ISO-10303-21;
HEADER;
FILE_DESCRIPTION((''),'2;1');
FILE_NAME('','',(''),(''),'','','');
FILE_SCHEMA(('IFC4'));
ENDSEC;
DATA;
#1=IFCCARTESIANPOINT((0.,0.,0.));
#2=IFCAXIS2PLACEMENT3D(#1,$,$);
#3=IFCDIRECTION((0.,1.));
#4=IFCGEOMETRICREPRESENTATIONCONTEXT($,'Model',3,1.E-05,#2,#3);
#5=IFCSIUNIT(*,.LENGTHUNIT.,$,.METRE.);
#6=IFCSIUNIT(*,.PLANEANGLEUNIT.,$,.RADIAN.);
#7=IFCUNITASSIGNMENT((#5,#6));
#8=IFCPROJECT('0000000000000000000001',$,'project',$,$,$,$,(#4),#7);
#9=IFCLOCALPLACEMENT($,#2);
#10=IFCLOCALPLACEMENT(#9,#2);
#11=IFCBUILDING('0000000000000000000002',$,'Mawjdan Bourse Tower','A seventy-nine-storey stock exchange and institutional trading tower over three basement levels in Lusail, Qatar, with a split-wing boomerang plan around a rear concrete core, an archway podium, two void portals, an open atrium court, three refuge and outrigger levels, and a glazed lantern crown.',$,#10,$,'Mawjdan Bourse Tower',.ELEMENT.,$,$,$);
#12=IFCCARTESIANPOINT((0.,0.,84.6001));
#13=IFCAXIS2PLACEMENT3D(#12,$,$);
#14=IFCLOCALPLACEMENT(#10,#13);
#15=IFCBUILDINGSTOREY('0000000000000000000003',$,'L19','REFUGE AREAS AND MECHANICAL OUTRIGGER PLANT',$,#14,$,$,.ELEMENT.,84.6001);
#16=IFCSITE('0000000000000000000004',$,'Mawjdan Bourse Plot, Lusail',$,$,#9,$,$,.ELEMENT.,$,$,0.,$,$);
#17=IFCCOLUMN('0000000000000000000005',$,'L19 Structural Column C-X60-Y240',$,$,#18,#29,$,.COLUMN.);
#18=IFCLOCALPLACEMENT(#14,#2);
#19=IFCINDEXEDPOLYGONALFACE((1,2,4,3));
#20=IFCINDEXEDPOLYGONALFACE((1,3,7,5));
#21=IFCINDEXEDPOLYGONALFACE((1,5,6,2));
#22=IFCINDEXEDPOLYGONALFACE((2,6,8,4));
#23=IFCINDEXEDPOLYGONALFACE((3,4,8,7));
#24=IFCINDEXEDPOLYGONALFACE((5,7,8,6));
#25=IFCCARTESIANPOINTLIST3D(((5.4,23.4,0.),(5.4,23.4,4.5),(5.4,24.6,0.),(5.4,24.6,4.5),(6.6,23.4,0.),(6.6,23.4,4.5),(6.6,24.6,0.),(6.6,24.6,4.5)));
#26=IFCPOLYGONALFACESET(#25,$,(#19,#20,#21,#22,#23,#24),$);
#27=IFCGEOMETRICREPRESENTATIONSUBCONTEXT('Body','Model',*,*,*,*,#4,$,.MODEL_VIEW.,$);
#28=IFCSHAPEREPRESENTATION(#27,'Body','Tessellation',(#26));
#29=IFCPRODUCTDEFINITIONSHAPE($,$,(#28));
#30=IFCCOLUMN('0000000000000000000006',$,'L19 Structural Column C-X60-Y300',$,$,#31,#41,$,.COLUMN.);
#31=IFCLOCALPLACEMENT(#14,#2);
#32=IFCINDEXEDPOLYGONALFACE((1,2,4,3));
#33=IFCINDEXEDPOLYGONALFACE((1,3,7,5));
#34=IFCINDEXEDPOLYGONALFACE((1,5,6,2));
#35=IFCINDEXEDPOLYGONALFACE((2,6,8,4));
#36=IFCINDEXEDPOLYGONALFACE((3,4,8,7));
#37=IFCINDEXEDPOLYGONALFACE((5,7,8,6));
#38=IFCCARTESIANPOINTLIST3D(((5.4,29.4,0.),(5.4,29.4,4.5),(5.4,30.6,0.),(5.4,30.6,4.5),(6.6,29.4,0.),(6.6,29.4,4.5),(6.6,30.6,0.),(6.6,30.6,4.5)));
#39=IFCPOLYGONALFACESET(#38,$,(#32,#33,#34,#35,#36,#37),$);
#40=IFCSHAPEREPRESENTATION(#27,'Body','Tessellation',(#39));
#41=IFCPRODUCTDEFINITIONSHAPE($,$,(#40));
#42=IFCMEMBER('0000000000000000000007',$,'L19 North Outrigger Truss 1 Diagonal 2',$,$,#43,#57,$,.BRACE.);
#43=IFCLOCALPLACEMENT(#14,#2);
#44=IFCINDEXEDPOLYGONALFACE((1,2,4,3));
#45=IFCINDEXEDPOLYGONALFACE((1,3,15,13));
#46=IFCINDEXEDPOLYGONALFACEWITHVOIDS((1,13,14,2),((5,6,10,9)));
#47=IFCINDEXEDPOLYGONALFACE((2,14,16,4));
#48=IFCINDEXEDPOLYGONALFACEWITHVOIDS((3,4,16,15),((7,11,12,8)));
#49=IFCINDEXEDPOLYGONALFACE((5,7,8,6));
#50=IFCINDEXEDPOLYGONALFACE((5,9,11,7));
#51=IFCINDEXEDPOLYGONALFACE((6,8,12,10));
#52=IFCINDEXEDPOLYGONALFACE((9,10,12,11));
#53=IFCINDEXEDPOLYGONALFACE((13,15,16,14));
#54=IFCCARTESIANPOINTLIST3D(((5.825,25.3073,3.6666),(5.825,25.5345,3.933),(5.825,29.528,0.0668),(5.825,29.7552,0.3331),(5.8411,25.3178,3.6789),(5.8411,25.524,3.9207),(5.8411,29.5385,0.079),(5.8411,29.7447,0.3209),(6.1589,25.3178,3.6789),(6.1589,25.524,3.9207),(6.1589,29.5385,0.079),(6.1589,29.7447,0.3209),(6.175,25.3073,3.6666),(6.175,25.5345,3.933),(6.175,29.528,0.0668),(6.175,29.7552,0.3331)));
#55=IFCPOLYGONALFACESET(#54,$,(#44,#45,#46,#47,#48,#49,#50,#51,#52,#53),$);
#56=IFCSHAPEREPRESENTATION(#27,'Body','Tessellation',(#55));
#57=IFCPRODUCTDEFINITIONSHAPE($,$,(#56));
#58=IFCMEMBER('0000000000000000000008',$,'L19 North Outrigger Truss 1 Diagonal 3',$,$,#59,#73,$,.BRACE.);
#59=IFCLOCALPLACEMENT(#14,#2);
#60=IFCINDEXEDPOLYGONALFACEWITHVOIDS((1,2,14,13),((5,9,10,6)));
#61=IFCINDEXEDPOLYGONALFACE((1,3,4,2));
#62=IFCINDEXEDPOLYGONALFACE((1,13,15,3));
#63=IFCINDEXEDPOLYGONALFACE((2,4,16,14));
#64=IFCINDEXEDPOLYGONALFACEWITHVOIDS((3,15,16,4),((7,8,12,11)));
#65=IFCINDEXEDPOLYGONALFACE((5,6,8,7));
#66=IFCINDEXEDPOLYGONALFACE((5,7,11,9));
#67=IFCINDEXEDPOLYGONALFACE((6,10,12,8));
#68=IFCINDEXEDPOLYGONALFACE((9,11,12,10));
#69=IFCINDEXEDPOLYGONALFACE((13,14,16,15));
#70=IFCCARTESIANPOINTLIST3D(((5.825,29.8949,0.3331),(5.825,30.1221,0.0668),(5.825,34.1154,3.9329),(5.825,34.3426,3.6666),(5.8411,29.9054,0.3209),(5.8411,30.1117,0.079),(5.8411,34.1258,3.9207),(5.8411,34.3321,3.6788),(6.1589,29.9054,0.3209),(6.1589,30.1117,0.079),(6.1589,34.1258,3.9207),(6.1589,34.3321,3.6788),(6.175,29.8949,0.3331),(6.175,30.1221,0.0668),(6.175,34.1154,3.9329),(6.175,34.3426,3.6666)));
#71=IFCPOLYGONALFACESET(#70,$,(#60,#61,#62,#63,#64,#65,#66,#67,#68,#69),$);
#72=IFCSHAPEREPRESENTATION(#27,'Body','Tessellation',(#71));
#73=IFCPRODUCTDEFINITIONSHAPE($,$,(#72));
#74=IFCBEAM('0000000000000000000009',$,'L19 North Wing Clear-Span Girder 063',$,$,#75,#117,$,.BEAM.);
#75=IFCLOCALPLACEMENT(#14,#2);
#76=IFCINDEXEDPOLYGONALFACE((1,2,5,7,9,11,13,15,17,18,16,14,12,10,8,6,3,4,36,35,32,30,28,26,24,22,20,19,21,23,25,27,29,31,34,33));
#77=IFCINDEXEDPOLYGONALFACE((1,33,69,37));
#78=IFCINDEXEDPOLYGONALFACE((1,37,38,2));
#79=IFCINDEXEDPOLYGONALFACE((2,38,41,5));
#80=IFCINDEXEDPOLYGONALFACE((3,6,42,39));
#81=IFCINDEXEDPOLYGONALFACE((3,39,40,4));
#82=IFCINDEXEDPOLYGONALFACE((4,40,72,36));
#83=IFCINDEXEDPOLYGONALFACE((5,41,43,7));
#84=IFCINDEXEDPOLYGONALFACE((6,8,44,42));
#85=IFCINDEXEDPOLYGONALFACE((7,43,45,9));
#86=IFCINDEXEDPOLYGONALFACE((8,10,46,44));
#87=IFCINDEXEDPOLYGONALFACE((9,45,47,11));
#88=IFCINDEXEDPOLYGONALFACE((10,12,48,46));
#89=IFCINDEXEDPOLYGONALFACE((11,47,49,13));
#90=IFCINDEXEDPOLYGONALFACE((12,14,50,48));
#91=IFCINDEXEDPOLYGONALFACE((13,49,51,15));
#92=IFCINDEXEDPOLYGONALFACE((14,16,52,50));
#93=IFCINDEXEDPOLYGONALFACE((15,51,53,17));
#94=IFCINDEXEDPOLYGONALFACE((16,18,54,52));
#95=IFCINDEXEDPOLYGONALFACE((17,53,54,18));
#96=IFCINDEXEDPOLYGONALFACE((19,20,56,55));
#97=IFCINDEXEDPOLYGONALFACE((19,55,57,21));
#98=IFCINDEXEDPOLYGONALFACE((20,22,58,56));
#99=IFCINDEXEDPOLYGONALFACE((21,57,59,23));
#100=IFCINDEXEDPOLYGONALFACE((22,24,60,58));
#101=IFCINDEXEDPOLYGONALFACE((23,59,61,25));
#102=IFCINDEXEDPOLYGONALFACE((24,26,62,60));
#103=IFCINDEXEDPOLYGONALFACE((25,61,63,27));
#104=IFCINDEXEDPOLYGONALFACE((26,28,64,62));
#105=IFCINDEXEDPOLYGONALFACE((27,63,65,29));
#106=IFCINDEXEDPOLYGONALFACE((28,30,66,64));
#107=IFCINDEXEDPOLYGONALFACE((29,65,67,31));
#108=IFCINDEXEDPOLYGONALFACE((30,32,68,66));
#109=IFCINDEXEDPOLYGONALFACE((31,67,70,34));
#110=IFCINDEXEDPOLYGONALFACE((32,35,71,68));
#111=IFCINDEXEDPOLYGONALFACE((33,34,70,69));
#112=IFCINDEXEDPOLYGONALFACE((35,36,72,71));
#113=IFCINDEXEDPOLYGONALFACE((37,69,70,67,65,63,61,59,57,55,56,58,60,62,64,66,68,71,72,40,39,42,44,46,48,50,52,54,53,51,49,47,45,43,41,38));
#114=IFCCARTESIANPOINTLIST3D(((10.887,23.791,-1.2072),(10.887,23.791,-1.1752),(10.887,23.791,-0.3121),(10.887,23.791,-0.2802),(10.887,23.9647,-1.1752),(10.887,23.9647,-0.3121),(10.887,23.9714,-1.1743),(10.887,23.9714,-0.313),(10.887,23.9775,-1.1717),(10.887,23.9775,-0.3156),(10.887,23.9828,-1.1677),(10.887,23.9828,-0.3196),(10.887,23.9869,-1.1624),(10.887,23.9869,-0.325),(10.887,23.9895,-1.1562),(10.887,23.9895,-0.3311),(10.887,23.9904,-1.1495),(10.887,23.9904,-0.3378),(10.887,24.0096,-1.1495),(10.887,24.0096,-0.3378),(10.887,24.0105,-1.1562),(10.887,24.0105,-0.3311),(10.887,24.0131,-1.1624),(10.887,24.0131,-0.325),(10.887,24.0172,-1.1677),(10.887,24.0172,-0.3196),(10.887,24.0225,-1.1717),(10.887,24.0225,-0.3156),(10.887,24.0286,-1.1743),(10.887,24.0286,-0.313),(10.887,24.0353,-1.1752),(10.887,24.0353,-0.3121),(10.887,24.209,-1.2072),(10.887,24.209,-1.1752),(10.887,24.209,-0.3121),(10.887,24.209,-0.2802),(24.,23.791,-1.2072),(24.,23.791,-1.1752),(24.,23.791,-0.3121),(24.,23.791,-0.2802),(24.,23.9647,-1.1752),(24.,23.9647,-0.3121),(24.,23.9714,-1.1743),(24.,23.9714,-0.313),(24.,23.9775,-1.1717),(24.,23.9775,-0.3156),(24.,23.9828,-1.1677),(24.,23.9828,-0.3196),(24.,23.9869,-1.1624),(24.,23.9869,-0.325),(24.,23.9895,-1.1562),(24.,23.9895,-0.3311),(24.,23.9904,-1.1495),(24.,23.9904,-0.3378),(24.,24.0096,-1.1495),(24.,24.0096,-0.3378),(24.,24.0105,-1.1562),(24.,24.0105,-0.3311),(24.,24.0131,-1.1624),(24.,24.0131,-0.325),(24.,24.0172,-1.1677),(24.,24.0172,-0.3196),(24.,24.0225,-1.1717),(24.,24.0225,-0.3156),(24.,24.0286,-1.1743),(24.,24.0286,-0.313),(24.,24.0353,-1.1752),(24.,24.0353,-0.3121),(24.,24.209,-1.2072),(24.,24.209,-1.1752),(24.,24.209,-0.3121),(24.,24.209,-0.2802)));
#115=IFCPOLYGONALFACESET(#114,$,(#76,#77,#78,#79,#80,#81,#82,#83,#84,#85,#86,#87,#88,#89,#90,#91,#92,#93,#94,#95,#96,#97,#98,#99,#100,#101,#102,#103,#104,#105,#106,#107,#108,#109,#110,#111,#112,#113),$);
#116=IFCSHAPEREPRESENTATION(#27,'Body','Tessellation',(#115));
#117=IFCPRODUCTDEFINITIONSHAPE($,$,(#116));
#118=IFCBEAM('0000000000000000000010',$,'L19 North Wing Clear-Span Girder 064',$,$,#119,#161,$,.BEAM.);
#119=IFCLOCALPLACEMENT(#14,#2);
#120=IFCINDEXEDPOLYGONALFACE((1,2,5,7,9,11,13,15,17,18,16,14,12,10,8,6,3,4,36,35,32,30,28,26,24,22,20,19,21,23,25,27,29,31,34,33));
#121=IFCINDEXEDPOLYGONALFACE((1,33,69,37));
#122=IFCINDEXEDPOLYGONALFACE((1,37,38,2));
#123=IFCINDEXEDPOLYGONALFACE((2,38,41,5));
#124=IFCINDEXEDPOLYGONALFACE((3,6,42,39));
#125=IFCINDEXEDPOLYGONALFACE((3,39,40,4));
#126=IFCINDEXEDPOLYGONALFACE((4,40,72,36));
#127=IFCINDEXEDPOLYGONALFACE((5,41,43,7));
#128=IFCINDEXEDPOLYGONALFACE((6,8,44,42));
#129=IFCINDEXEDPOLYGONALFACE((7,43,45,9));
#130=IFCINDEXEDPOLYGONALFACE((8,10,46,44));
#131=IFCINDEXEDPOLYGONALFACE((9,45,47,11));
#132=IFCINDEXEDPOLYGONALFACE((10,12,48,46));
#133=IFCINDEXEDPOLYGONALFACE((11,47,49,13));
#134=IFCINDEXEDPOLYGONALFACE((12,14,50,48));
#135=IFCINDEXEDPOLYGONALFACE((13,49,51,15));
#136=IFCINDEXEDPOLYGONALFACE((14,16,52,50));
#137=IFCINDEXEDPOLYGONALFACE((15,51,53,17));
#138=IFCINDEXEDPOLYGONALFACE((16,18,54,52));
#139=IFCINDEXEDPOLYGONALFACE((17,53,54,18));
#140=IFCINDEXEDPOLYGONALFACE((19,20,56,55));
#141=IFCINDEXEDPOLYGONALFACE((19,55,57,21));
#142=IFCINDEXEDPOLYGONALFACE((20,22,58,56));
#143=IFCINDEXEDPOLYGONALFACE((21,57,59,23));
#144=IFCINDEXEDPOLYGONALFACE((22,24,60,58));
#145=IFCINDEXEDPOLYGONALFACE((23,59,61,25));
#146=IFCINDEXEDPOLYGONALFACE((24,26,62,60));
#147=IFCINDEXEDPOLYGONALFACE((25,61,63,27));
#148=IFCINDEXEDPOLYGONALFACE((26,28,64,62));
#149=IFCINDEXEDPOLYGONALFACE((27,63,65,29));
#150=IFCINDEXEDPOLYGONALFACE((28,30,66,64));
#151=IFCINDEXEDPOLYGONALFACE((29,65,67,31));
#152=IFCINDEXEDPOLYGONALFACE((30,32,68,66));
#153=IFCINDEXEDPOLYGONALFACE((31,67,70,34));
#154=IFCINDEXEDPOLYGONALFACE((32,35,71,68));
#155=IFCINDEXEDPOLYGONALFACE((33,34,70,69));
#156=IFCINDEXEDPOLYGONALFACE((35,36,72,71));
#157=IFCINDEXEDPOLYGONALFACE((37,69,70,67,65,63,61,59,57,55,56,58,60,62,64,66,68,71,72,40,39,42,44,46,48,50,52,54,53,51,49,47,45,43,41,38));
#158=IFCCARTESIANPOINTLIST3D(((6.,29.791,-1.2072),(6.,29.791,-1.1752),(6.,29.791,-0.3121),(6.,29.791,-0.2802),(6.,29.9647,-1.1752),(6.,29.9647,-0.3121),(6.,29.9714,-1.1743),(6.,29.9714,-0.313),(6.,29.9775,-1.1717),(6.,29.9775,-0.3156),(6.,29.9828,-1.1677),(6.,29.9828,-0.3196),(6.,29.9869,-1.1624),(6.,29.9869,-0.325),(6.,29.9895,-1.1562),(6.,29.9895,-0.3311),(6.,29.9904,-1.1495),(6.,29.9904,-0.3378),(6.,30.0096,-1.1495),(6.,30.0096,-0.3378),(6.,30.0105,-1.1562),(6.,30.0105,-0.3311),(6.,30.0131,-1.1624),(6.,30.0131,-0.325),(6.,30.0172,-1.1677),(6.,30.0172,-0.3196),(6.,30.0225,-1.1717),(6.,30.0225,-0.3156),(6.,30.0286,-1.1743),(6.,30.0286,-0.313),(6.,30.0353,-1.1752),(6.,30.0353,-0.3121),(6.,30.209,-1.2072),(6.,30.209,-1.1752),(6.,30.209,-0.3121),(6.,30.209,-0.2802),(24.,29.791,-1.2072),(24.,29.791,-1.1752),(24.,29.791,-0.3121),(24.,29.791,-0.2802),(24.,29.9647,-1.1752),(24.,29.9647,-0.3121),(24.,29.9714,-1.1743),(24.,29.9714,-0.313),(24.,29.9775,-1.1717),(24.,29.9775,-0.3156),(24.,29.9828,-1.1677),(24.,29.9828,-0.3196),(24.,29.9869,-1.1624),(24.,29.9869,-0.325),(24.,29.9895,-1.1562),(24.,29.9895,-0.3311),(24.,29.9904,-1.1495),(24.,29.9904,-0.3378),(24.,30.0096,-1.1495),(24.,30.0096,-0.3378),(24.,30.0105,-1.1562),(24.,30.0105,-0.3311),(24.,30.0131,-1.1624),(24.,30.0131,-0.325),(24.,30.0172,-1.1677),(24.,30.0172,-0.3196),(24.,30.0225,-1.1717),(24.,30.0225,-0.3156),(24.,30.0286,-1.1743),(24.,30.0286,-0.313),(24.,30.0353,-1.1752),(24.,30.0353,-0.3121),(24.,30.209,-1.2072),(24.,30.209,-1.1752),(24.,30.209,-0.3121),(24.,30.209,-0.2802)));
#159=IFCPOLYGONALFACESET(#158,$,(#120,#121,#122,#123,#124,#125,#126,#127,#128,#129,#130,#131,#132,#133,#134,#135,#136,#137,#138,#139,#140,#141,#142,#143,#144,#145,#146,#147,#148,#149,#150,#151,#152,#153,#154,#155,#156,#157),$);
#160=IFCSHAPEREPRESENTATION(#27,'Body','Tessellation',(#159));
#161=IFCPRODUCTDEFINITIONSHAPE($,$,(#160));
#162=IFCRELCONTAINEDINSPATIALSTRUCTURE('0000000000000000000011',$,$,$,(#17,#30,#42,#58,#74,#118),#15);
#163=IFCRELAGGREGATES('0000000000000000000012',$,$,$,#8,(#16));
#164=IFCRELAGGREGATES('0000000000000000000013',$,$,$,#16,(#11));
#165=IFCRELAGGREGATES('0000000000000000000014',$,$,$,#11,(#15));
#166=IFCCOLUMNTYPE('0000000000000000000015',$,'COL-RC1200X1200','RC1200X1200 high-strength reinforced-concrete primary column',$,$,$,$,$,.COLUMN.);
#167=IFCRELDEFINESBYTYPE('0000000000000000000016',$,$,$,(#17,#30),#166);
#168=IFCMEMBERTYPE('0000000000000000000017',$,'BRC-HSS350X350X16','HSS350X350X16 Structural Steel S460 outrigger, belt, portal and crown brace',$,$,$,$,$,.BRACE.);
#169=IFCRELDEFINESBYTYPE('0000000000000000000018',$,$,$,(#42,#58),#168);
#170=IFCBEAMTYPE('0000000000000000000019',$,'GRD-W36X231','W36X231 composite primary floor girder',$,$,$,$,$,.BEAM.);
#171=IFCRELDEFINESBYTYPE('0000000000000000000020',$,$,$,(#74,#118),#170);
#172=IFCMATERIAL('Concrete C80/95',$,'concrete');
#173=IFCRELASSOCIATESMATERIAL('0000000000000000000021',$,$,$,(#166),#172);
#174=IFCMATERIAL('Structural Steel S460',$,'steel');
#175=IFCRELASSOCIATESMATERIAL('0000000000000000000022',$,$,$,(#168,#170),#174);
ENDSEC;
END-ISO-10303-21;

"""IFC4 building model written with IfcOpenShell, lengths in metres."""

from ifc_helpers import new_model, si_unit, direction, frame, origin, origin_2d, place, context, subcontext, project, spatial, rectangle, hollow_rectangle, i_section, extrude, material, material_profile, profile_set, type_object, element, save


model = new_model("IFC4")

# Units and contexts
model_context = context("Model", 3, precision=1e-05, world=origin(), true_north=direction((0.0, 1.0)))
body_context = subcontext(model_context, "Body", "Model", "MODEL_VIEW")
ifc_project = project(units=[si_unit("LENGTHUNIT", "METRE"), si_unit("PLANEANGLEUNIT", "RADIAN")], contexts=[model_context])

# Site, building, storey
site_placement = place(None, origin())
site = spatial("IfcSite", under=ifc_project, at=site_placement, Name="Mawjdan Bourse Plot, Lusail", CompositionType="ELEMENT", RefElevation=0.0)
building_placement = place(site_placement, origin())
building = spatial("IfcBuilding", under=site, at=building_placement, Name="Mawjdan Bourse Tower", Description="A seventy-nine-storey stock exchange and institutional trading tower over three basement levels in Lusail, Qatar, with a split-wing boomerang plan around a rear concrete core, an archway podium, two void portals, an open atrium court, three refuge and outrigger levels, and a glazed lantern crown.", LongName="Mawjdan Bourse Tower", CompositionType="ELEMENT")
storey_placement = place(building_placement, frame((0.0, 0.0, 84.6001)))
storey = spatial("IfcBuildingStorey", under=building, at=storey_placement, Name="L19", Description="REFUGE AREAS AND MECHANICAL OUTRIGGER PLANT", CompositionType="ELEMENT", Elevation=84.6001)

# Columns
ifc_material_1 = material(Name="Concrete C80/95", Category="concrete")
ifc_material_profile_1 = material_profile(ifc_material_1, rectangle(XDim=1.2, YDim=1.2, at=origin_2d()), Name="RC1200X1200")
ifc_profile_set_1 = profile_set([ifc_material_profile_1], Name="Concrete C80/95")
column_type = type_object("IfcColumnType", Name="COL-RC1200X1200", Description="RC1200X1200 high-strength reinforced-concrete primary column", PredefinedType="COLUMN", material=ifc_profile_set_1)
for number, where, z_axis, x_axis, name in (
    (1, (6.0, 24.0, 0.0), (0.0, 0.0, 1.0), (1.0, 0.0, 0.0), "L19 Structural Column C-X60-Y240"),
    (2, (6.0, 30.0, 0.0), (0.0, 0.0, 1.0), (1.0, 0.0, 0.0), "L19 Structural Column C-X60-Y300"),
):
    element("IfcColumn", number, at=place(storey_placement, frame(where, z_axis=z_axis, x_axis=x_axis)), inside=storey, type_object=column_type, Name=name, PredefinedType="COLUMN", context=body_context, shape_type="SweptSolid", body=[
        extrude(rectangle(XDim=1.2, YDim=1.2, at=origin_2d()), origin(), (0.0, 0.0, 1.0), 4.5),
    ])

# Members
ifc_material_2 = material(Name="Structural Steel S460", Category="steel")
ifc_material_profile_2 = material_profile(ifc_material_2, hollow_rectangle(XDim=0.3501, YDim=0.3501, WallThickness=0.0161, at=origin_2d()), Name="HSS350X350X16")
ifc_profile_set_2 = profile_set([ifc_material_profile_2], Name="Structural Steel S460")
member_type = type_object("IfcMemberType", Name="BRC-HSS350X350X16", Description="HSS350X350X16 Structural Steel S460 outrigger, belt, portal and crown brace", PredefinedType="BRACE", material=ifc_profile_set_2)
member_1_placement = place(storey_placement, frame((6.0, 25.4209, 3.7998), z_axis=(0.0, 0.760848, -0.64893), x_axis=(-1.0, 0.0, 0.0)))
element("IfcMember", 3, at=member_1_placement, inside=storey, type_object=member_type, Name="L19 North Outrigger Truss 1 Diagonal 2", PredefinedType="BRACE", context=body_context, shape_type="SweptSolid", body=[
    extrude(hollow_rectangle(XDim=0.3501, YDim=0.3501, WallThickness=0.0161, at=origin_2d()), origin(), (0.0, 0.0, 1.0), 5.5474),
])
member_2_placement = place(storey_placement, frame((6.0, 30.0085, 0.2), z_axis=(0.0, 0.760829, 0.648952), x_axis=(-1.0, 0.0, 0.0)))
element("IfcMember", 4, at=member_2_placement, inside=storey, type_object=member_type, Name="L19 North Outrigger Truss 1 Diagonal 3", PredefinedType="BRACE", context=body_context, shape_type="SweptSolid", body=[
    extrude(hollow_rectangle(XDim=0.3501, YDim=0.3501, WallThickness=0.0161, at=origin_2d()), origin(), (0.0, 0.0, 1.0), 5.5471),
])

# Beams
ifc_material_profile_3 = material_profile(ifc_material_2, i_section(OverallWidth=0.418, OverallDepth=0.927, WebThickness=0.0193, FlangeThickness=0.032, FilletRadius=0.0256, at=origin_2d()), Name="W36X231")
ifc_profile_set_3 = profile_set([ifc_material_profile_3], Name="Structural Steel S460")
beam_type_1 = type_object("IfcBeamType", Name="GRD-W36X231", Description="W36X231 composite primary floor girder", PredefinedType="BEAM", material=ifc_profile_set_3)
beam_1_placement = place(storey_placement, frame((10.887, 24.0, -0.7437), z_axis=(1.0, 0.0, 0.0), x_axis=(0.0, 1.0, 0.0)))
element("IfcBeam", 5, at=beam_1_placement, inside=storey, type_object=beam_type_1, Name="L19 North Wing Clear-Span Girder 063", PredefinedType="BEAM", context=body_context, shape_type="SweptSolid", body=[
    extrude(i_section(OverallWidth=0.418, OverallDepth=0.927, WebThickness=0.0193, FlangeThickness=0.032, FilletRadius=0.0256, at=origin_2d()), origin(), (0.0, 0.0, 1.0), 13.113),
])
beam_2_placement = place(storey_placement, frame((6.0, 30.0, -0.7437), z_axis=(1.0, 0.0, 0.0), x_axis=(0.0, 1.0, 0.0)))
element("IfcBeam", 6, at=beam_2_placement, inside=storey, type_object=beam_type_1, Name="L19 North Wing Clear-Span Girder 064", PredefinedType="BEAM", context=body_context, shape_type="SweptSolid", body=[
    extrude(i_section(OverallWidth=0.418, OverallDepth=0.927, WebThickness=0.0193, FlangeThickness=0.032, FilletRadius=0.0256, at=origin_2d()), origin(), (0.0, 0.0, 1.0), 18.0),
])

save(model, "model.ifc")
